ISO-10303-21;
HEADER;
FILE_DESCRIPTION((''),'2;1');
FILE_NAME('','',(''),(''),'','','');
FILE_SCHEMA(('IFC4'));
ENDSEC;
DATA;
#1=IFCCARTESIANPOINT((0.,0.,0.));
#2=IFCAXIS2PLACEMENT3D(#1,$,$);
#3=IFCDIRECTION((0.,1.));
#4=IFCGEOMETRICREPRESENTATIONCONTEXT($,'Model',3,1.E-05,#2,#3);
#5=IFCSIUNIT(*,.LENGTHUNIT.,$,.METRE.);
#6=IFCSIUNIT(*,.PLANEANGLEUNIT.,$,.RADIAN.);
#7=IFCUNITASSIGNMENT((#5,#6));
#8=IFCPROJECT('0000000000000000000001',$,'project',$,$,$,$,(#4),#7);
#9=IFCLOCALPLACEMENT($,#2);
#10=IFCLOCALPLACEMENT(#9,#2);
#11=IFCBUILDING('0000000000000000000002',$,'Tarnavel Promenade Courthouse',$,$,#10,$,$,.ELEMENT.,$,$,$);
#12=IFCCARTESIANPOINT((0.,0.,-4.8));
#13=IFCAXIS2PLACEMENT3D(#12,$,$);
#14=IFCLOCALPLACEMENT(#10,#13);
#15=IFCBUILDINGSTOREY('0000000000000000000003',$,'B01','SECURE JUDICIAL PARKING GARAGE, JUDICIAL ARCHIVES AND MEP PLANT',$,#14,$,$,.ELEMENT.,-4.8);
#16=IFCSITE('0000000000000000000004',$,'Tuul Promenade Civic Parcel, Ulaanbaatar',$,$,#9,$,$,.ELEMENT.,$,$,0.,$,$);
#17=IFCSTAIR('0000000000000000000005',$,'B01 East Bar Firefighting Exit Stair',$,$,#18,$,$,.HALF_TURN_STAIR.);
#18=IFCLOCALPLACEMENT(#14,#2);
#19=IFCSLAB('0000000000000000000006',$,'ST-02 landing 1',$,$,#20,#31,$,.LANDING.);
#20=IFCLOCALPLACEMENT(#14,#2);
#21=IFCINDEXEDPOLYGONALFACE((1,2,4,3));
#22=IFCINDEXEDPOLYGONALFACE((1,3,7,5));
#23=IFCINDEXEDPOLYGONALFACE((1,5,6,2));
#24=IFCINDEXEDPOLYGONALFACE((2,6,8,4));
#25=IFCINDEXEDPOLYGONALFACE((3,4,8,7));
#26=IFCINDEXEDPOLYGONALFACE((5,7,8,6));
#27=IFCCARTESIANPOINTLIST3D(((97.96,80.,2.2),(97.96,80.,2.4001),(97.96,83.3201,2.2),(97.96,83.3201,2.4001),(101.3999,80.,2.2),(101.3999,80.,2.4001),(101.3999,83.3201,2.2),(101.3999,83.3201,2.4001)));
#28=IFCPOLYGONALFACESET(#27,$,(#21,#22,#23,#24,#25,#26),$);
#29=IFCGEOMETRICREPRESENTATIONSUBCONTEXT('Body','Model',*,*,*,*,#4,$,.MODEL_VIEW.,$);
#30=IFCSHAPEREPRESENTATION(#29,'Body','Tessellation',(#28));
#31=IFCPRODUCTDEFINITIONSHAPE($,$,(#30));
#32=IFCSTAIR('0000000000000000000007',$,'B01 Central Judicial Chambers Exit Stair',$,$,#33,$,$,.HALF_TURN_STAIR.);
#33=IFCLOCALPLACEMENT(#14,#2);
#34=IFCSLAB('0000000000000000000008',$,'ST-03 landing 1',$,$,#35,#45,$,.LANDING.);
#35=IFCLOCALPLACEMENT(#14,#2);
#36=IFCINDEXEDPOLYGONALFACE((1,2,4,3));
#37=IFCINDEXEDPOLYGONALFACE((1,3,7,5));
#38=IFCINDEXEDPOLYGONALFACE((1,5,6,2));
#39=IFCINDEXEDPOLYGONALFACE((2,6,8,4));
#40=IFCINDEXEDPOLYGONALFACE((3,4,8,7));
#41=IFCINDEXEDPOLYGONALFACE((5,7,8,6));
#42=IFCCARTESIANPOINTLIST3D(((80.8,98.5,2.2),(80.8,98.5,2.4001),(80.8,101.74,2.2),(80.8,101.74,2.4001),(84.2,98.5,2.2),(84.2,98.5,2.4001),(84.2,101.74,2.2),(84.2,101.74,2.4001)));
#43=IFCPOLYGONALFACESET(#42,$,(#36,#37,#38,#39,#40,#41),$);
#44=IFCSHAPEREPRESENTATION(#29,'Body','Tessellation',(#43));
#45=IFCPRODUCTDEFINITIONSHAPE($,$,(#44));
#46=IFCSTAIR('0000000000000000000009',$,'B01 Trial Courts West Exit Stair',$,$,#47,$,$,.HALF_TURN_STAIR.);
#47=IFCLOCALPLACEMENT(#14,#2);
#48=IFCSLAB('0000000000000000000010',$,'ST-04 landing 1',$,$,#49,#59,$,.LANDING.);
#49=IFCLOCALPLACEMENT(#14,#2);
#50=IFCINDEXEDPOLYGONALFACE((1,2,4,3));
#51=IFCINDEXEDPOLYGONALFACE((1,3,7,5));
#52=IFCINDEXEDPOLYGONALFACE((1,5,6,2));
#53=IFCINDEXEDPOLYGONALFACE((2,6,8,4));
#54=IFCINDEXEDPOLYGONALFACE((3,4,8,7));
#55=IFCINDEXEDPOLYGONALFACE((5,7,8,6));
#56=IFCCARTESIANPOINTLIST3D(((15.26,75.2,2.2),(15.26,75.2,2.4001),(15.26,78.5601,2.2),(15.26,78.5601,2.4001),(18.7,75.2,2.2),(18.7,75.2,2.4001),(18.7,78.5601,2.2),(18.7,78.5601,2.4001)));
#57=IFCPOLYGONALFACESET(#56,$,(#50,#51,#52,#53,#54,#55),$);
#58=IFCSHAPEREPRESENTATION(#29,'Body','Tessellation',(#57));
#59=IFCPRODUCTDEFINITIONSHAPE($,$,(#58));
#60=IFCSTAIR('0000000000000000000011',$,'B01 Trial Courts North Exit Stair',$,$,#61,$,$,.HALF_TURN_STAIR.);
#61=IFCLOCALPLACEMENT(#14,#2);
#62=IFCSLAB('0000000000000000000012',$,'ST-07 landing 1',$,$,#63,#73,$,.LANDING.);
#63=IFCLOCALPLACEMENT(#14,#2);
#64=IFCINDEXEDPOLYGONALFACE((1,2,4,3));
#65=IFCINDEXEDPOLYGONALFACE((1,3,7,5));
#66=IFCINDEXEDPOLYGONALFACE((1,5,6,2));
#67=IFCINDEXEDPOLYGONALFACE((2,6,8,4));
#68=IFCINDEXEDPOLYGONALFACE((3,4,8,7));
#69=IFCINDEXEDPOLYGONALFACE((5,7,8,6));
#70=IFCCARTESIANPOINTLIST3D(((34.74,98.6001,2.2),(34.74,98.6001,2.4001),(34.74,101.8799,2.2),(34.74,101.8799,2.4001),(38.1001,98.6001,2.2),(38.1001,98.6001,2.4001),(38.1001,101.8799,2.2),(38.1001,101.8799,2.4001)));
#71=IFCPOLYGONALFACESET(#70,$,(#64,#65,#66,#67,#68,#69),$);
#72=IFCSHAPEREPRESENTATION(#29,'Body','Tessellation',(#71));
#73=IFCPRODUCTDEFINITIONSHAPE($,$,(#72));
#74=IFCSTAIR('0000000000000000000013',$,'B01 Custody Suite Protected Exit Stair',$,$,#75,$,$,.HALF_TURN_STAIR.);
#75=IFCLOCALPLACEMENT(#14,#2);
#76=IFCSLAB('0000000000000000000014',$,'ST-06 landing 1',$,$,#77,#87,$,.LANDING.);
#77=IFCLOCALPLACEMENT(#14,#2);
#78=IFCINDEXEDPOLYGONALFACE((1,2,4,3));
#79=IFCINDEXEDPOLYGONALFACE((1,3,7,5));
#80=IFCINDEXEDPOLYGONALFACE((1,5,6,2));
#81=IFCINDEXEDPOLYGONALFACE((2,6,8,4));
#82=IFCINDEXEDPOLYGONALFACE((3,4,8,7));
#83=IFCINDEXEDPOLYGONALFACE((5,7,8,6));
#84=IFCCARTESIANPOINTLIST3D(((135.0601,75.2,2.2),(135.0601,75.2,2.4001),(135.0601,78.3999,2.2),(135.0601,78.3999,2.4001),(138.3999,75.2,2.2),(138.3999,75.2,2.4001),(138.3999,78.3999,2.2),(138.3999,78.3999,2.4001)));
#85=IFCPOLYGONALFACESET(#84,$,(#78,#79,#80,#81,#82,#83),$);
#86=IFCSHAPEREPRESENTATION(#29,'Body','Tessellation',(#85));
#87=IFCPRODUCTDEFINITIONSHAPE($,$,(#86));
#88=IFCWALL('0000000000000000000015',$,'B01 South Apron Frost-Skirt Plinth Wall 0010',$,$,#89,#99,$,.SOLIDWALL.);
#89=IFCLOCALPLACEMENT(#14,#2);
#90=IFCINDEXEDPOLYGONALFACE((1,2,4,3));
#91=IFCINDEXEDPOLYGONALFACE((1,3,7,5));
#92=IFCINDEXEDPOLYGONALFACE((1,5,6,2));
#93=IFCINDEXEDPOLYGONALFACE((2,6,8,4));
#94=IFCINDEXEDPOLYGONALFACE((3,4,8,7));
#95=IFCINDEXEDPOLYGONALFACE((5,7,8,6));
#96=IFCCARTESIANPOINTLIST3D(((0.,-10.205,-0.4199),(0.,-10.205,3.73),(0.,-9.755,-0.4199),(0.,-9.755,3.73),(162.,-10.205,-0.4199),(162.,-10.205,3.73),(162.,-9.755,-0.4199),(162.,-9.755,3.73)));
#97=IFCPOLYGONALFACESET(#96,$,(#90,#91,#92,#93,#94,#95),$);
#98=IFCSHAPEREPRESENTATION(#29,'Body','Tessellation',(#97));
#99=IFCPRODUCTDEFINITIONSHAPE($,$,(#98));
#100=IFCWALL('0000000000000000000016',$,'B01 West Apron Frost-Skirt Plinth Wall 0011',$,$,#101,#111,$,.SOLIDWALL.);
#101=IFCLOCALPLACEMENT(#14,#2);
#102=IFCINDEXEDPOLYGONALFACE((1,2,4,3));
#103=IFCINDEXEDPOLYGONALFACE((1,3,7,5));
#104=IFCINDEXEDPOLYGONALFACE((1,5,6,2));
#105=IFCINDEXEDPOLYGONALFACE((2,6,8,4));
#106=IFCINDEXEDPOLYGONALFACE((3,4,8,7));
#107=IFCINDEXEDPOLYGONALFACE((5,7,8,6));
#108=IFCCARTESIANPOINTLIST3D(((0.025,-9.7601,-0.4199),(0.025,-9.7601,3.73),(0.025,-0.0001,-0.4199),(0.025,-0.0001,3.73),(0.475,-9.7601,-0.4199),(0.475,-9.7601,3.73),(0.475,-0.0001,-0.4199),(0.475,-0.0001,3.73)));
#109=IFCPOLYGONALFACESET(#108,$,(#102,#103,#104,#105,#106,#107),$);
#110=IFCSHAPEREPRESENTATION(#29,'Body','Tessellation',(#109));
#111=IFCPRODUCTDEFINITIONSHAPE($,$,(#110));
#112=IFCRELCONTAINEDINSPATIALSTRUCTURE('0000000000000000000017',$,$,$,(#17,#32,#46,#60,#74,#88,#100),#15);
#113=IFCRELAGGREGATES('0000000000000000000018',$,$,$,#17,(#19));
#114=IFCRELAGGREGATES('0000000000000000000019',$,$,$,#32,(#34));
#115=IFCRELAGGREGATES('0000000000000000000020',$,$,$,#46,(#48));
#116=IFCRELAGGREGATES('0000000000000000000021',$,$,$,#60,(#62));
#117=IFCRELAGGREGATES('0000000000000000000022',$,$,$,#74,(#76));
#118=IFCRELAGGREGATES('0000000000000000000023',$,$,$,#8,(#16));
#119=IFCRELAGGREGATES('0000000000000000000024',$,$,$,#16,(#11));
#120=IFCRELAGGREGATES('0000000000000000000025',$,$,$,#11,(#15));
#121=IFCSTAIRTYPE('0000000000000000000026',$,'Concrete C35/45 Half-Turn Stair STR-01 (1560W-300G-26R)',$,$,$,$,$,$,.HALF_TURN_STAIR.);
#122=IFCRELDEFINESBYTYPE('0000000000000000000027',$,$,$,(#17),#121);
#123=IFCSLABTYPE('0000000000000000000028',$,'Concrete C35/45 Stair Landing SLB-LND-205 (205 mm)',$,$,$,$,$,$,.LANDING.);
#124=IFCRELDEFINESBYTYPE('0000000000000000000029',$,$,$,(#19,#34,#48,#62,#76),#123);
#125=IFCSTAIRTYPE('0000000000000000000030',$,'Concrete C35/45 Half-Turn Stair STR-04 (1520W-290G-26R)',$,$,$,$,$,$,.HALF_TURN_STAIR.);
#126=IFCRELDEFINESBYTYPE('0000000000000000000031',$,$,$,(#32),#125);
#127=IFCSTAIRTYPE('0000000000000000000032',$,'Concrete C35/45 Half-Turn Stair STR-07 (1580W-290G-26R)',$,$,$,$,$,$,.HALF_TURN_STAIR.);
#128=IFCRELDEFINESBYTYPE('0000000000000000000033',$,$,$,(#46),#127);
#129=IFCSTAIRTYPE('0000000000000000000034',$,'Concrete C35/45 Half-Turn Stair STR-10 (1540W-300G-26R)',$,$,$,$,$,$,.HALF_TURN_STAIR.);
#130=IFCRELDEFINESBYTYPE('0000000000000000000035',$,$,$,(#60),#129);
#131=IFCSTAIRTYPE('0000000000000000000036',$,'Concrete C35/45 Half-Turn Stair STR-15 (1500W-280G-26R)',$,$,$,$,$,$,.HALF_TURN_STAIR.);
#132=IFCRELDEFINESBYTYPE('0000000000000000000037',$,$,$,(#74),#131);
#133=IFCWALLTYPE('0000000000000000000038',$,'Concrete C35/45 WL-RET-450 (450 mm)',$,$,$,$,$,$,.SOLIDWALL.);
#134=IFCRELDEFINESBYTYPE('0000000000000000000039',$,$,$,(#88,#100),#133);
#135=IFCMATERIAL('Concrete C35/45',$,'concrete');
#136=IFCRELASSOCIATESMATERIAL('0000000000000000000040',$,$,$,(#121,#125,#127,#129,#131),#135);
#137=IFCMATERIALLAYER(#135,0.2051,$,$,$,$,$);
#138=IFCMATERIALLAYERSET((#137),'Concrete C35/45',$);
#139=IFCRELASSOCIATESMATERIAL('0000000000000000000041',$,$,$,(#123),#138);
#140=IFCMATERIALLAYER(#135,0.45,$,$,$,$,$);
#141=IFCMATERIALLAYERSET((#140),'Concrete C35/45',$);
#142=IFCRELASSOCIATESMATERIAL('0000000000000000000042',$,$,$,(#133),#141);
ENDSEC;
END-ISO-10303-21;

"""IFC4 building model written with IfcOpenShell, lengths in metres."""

from ifc_helpers import new_model, si_unit, direction, frame, frame_2d, origin, place, context, subcontext, project, spatial, polyline, rectangle, outline, extrude, material, layer, layer_set, type_object, element, aggregate, save


model = new_model("IFC4")

# Units and contexts
model_context = context("Model", 3, precision=1e-05, world=origin(), true_north=direction((0.0, 1.0)))
body_context = subcontext(model_context, "Body", "Model", "MODEL_VIEW")
ifc_project = project(units=[si_unit("LENGTHUNIT", "METRE"), si_unit("PLANEANGLEUNIT", "RADIAN")], contexts=[model_context])

# Site, building, storey
site_placement = place(None, origin())
site = spatial("IfcSite", under=ifc_project, at=site_placement, Name="Tuul Promenade Civic Parcel, Ulaanbaatar", CompositionType="ELEMENT", RefElevation=0.0)
building_placement = place(site_placement, origin())
building = spatial("IfcBuilding", under=site, at=building_placement, Name="Tarnavel Promenade Courthouse", CompositionType="ELEMENT")
storey_placement = place(building_placement, frame((0.0, 0.0, -4.8)))
storey = spatial("IfcBuildingStorey", under=building, at=storey_placement, Name="B01", Description="SECURE JUDICIAL PARKING GARAGE, JUDICIAL ARCHIVES AND MEP PLANT", CompositionType="ELEMENT", Elevation=-4.8)

# Shared definitions
ifc_material_1 = material(Name="Concrete C35/45", Category="concrete")

# Stairs, slabs
stair_type_1 = type_object("IfcStairType", Name="Concrete C35/45 Half-Turn Stair STR-01 (1560W-300G-26R)", PredefinedType="HALF_TURN_STAIR", material=ifc_material_1)
ifc_layer_1 = layer(ifc_material_1, 0.2051)
ifc_layer_set_1 = layer_set([ifc_layer_1], Name="Concrete C35/45")
slab_type_1 = type_object("IfcSlabType", Name="Concrete C35/45 Stair Landing SLB-LND-205 (205 mm)", PredefinedType="LANDING", material=ifc_layer_set_1)
stair_1_placement = place(storey_placement, origin())
stair_1 = element("IfcStair", 1, at=stair_1_placement, inside=storey, type_object=stair_type_1, Name="B01 East Bar Firefighting Exit Stair", PredefinedType="HALF_TURN_STAIR")
slab_1_placement = place(storey_placement, frame((0.0, 0.0, 2.2)))
slab_1 = element("IfcSlab", 2, at=slab_1_placement, type_object=slab_type_1, Name="ST-02 landing 1", PredefinedType="LANDING", context=body_context, shape_type="SweptSolid", body=[
    extrude(outline(polyline([(97.96, 80.0), (101.3999, 80.0), (101.3999, 83.3201), (97.96, 83.3201), (97.96, 80.0)])), origin(), (0.0, 0.0, 1.0), 0.2002),
])
aggregate(stair_1, [slab_1])
stair_type_2 = type_object("IfcStairType", Name="Concrete C35/45 Half-Turn Stair STR-04 (1520W-290G-26R)", PredefinedType="HALF_TURN_STAIR", material=ifc_material_1)
stair_2_placement = place(storey_placement, origin())
stair_2 = element("IfcStair", 3, at=stair_2_placement, inside=storey, type_object=stair_type_2, Name="B01 Central Judicial Chambers Exit Stair", PredefinedType="HALF_TURN_STAIR")
slab_2_placement = place(storey_placement, frame((0.0, 0.0, 2.2)))
slab_2 = element("IfcSlab", 4, at=slab_2_placement, type_object=slab_type_1, Name="ST-03 landing 1", PredefinedType="LANDING", context=body_context, shape_type="SweptSolid", body=[
    extrude(outline(polyline([(80.8, 98.5), (84.2, 98.5), (84.2, 101.74), (80.8, 101.74), (80.8, 98.5)])), origin(), (0.0, 0.0, 1.0), 0.2002),
])
aggregate(stair_2, [slab_2])
stair_type_3 = type_object("IfcStairType", Name="Concrete C35/45 Half-Turn Stair STR-07 (1580W-290G-26R)", PredefinedType="HALF_TURN_STAIR", material=ifc_material_1)
stair_3_placement = place(storey_placement, origin())
stair_3 = element("IfcStair", 5, at=stair_3_placement, inside=storey, type_object=stair_type_3, Name="B01 Trial Courts West Exit Stair", PredefinedType="HALF_TURN_STAIR")
slab_3_placement = place(storey_placement, frame((0.0, 0.0, 2.2)))
slab_3 = element("IfcSlab", 6, at=slab_3_placement, type_object=slab_type_1, Name="ST-04 landing 1", PredefinedType="LANDING", context=body_context, shape_type="SweptSolid", body=[
    extrude(outline(polyline([(15.26, 75.2), (18.7, 75.2), (18.7, 78.5601), (15.26, 78.5601), (15.26, 75.2)])), origin(), (0.0, 0.0, 1.0), 0.2002),
])
aggregate(stair_3, [slab_3])
stair_type_4 = type_object("IfcStairType", Name="Concrete C35/45 Half-Turn Stair STR-10 (1540W-300G-26R)", PredefinedType="HALF_TURN_STAIR", material=ifc_material_1)
stair_4_placement = place(storey_placement, origin())
stair_4 = element("IfcStair", 7, at=stair_4_placement, inside=storey, type_object=stair_type_4, Name="B01 Trial Courts North Exit Stair", PredefinedType="HALF_TURN_STAIR")
slab_4_placement = place(storey_placement, frame((0.0, 0.0, 2.2)))
slab_4 = element("IfcSlab", 8, at=slab_4_placement, type_object=slab_type_1, Name="ST-07 landing 1", PredefinedType="LANDING", context=body_context, shape_type="SweptSolid", body=[
    extrude(outline(polyline([(34.74, 98.6001), (38.1001, 98.6001), (38.1001, 101.8799), (34.74, 101.8799), (34.74, 98.6001)])), origin(), (0.0, 0.0, 1.0), 0.2002),
])
aggregate(stair_4, [slab_4])
stair_type_5 = type_object("IfcStairType", Name="Concrete C35/45 Half-Turn Stair STR-15 (1500W-280G-26R)", PredefinedType="HALF_TURN_STAIR", material=ifc_material_1)
stair_5_placement = place(storey_placement, origin())
stair_5 = element("IfcStair", 9, at=stair_5_placement, inside=storey, type_object=stair_type_5, Name="B01 Custody Suite Protected Exit Stair", PredefinedType="HALF_TURN_STAIR")
slab_5_placement = place(storey_placement, frame((0.0, 0.0, 2.2)))
slab_5 = element("IfcSlab", 10, at=slab_5_placement, type_object=slab_type_1, Name="ST-06 landing 1", PredefinedType="LANDING", context=body_context, shape_type="SweptSolid", body=[
    extrude(outline(polyline([(135.0601, 75.2), (138.3999, 75.2), (138.3999, 78.3999), (135.0601, 78.3999), (135.0601, 75.2)])), origin(), (0.0, 0.0, 1.0), 0.2002),
])
aggregate(stair_5, [slab_5])

# Walls
ifc_layer_2 = layer(ifc_material_1, 0.45)
ifc_layer_set_2 = layer_set([ifc_layer_2], Name="Concrete C35/45")
wall_type = type_object("IfcWallType", Name="Concrete C35/45 WL-RET-450 (450 mm)", PredefinedType="SOLIDWALL", material=ifc_layer_set_2)
wall_1_placement = place(storey_placement, frame((0.0, -9.98, -0.4199), z_axis=(0.0, 0.0, 1.0), x_axis=(1.0, 0.0, 0.0)))
element("IfcWall", 11, at=wall_1_placement, inside=storey, type_object=wall_type, Name="B01 South Apron Frost-Skirt Plinth Wall 0010", PredefinedType="SOLIDWALL", context=body_context, shape_type="SweptSolid", body=[
    extrude(rectangle(XDim=162.0, YDim=0.45, at=frame_2d((81.0, 0.0))), origin(), (0.0, 0.0, 1.0), 4.1499),
])
wall_2_placement = place(storey_placement, frame((0.25, -9.76, -0.4199), z_axis=(0.0, 0.0, 1.0), x_axis=(0.0, 1.0, 0.0)))
element("IfcWall", 12, at=wall_2_placement, inside=storey, type_object=wall_type, Name="B01 West Apron Frost-Skirt Plinth Wall 0011", PredefinedType="SOLIDWALL", context=body_context, shape_type="SweptSolid", body=[
    extrude(rectangle(XDim=9.76, YDim=0.45, at=frame_2d((4.8799, 0.0))), origin(), (0.0, 0.0, 1.0), 4.1499),
])

save(model, "model.ifc")
